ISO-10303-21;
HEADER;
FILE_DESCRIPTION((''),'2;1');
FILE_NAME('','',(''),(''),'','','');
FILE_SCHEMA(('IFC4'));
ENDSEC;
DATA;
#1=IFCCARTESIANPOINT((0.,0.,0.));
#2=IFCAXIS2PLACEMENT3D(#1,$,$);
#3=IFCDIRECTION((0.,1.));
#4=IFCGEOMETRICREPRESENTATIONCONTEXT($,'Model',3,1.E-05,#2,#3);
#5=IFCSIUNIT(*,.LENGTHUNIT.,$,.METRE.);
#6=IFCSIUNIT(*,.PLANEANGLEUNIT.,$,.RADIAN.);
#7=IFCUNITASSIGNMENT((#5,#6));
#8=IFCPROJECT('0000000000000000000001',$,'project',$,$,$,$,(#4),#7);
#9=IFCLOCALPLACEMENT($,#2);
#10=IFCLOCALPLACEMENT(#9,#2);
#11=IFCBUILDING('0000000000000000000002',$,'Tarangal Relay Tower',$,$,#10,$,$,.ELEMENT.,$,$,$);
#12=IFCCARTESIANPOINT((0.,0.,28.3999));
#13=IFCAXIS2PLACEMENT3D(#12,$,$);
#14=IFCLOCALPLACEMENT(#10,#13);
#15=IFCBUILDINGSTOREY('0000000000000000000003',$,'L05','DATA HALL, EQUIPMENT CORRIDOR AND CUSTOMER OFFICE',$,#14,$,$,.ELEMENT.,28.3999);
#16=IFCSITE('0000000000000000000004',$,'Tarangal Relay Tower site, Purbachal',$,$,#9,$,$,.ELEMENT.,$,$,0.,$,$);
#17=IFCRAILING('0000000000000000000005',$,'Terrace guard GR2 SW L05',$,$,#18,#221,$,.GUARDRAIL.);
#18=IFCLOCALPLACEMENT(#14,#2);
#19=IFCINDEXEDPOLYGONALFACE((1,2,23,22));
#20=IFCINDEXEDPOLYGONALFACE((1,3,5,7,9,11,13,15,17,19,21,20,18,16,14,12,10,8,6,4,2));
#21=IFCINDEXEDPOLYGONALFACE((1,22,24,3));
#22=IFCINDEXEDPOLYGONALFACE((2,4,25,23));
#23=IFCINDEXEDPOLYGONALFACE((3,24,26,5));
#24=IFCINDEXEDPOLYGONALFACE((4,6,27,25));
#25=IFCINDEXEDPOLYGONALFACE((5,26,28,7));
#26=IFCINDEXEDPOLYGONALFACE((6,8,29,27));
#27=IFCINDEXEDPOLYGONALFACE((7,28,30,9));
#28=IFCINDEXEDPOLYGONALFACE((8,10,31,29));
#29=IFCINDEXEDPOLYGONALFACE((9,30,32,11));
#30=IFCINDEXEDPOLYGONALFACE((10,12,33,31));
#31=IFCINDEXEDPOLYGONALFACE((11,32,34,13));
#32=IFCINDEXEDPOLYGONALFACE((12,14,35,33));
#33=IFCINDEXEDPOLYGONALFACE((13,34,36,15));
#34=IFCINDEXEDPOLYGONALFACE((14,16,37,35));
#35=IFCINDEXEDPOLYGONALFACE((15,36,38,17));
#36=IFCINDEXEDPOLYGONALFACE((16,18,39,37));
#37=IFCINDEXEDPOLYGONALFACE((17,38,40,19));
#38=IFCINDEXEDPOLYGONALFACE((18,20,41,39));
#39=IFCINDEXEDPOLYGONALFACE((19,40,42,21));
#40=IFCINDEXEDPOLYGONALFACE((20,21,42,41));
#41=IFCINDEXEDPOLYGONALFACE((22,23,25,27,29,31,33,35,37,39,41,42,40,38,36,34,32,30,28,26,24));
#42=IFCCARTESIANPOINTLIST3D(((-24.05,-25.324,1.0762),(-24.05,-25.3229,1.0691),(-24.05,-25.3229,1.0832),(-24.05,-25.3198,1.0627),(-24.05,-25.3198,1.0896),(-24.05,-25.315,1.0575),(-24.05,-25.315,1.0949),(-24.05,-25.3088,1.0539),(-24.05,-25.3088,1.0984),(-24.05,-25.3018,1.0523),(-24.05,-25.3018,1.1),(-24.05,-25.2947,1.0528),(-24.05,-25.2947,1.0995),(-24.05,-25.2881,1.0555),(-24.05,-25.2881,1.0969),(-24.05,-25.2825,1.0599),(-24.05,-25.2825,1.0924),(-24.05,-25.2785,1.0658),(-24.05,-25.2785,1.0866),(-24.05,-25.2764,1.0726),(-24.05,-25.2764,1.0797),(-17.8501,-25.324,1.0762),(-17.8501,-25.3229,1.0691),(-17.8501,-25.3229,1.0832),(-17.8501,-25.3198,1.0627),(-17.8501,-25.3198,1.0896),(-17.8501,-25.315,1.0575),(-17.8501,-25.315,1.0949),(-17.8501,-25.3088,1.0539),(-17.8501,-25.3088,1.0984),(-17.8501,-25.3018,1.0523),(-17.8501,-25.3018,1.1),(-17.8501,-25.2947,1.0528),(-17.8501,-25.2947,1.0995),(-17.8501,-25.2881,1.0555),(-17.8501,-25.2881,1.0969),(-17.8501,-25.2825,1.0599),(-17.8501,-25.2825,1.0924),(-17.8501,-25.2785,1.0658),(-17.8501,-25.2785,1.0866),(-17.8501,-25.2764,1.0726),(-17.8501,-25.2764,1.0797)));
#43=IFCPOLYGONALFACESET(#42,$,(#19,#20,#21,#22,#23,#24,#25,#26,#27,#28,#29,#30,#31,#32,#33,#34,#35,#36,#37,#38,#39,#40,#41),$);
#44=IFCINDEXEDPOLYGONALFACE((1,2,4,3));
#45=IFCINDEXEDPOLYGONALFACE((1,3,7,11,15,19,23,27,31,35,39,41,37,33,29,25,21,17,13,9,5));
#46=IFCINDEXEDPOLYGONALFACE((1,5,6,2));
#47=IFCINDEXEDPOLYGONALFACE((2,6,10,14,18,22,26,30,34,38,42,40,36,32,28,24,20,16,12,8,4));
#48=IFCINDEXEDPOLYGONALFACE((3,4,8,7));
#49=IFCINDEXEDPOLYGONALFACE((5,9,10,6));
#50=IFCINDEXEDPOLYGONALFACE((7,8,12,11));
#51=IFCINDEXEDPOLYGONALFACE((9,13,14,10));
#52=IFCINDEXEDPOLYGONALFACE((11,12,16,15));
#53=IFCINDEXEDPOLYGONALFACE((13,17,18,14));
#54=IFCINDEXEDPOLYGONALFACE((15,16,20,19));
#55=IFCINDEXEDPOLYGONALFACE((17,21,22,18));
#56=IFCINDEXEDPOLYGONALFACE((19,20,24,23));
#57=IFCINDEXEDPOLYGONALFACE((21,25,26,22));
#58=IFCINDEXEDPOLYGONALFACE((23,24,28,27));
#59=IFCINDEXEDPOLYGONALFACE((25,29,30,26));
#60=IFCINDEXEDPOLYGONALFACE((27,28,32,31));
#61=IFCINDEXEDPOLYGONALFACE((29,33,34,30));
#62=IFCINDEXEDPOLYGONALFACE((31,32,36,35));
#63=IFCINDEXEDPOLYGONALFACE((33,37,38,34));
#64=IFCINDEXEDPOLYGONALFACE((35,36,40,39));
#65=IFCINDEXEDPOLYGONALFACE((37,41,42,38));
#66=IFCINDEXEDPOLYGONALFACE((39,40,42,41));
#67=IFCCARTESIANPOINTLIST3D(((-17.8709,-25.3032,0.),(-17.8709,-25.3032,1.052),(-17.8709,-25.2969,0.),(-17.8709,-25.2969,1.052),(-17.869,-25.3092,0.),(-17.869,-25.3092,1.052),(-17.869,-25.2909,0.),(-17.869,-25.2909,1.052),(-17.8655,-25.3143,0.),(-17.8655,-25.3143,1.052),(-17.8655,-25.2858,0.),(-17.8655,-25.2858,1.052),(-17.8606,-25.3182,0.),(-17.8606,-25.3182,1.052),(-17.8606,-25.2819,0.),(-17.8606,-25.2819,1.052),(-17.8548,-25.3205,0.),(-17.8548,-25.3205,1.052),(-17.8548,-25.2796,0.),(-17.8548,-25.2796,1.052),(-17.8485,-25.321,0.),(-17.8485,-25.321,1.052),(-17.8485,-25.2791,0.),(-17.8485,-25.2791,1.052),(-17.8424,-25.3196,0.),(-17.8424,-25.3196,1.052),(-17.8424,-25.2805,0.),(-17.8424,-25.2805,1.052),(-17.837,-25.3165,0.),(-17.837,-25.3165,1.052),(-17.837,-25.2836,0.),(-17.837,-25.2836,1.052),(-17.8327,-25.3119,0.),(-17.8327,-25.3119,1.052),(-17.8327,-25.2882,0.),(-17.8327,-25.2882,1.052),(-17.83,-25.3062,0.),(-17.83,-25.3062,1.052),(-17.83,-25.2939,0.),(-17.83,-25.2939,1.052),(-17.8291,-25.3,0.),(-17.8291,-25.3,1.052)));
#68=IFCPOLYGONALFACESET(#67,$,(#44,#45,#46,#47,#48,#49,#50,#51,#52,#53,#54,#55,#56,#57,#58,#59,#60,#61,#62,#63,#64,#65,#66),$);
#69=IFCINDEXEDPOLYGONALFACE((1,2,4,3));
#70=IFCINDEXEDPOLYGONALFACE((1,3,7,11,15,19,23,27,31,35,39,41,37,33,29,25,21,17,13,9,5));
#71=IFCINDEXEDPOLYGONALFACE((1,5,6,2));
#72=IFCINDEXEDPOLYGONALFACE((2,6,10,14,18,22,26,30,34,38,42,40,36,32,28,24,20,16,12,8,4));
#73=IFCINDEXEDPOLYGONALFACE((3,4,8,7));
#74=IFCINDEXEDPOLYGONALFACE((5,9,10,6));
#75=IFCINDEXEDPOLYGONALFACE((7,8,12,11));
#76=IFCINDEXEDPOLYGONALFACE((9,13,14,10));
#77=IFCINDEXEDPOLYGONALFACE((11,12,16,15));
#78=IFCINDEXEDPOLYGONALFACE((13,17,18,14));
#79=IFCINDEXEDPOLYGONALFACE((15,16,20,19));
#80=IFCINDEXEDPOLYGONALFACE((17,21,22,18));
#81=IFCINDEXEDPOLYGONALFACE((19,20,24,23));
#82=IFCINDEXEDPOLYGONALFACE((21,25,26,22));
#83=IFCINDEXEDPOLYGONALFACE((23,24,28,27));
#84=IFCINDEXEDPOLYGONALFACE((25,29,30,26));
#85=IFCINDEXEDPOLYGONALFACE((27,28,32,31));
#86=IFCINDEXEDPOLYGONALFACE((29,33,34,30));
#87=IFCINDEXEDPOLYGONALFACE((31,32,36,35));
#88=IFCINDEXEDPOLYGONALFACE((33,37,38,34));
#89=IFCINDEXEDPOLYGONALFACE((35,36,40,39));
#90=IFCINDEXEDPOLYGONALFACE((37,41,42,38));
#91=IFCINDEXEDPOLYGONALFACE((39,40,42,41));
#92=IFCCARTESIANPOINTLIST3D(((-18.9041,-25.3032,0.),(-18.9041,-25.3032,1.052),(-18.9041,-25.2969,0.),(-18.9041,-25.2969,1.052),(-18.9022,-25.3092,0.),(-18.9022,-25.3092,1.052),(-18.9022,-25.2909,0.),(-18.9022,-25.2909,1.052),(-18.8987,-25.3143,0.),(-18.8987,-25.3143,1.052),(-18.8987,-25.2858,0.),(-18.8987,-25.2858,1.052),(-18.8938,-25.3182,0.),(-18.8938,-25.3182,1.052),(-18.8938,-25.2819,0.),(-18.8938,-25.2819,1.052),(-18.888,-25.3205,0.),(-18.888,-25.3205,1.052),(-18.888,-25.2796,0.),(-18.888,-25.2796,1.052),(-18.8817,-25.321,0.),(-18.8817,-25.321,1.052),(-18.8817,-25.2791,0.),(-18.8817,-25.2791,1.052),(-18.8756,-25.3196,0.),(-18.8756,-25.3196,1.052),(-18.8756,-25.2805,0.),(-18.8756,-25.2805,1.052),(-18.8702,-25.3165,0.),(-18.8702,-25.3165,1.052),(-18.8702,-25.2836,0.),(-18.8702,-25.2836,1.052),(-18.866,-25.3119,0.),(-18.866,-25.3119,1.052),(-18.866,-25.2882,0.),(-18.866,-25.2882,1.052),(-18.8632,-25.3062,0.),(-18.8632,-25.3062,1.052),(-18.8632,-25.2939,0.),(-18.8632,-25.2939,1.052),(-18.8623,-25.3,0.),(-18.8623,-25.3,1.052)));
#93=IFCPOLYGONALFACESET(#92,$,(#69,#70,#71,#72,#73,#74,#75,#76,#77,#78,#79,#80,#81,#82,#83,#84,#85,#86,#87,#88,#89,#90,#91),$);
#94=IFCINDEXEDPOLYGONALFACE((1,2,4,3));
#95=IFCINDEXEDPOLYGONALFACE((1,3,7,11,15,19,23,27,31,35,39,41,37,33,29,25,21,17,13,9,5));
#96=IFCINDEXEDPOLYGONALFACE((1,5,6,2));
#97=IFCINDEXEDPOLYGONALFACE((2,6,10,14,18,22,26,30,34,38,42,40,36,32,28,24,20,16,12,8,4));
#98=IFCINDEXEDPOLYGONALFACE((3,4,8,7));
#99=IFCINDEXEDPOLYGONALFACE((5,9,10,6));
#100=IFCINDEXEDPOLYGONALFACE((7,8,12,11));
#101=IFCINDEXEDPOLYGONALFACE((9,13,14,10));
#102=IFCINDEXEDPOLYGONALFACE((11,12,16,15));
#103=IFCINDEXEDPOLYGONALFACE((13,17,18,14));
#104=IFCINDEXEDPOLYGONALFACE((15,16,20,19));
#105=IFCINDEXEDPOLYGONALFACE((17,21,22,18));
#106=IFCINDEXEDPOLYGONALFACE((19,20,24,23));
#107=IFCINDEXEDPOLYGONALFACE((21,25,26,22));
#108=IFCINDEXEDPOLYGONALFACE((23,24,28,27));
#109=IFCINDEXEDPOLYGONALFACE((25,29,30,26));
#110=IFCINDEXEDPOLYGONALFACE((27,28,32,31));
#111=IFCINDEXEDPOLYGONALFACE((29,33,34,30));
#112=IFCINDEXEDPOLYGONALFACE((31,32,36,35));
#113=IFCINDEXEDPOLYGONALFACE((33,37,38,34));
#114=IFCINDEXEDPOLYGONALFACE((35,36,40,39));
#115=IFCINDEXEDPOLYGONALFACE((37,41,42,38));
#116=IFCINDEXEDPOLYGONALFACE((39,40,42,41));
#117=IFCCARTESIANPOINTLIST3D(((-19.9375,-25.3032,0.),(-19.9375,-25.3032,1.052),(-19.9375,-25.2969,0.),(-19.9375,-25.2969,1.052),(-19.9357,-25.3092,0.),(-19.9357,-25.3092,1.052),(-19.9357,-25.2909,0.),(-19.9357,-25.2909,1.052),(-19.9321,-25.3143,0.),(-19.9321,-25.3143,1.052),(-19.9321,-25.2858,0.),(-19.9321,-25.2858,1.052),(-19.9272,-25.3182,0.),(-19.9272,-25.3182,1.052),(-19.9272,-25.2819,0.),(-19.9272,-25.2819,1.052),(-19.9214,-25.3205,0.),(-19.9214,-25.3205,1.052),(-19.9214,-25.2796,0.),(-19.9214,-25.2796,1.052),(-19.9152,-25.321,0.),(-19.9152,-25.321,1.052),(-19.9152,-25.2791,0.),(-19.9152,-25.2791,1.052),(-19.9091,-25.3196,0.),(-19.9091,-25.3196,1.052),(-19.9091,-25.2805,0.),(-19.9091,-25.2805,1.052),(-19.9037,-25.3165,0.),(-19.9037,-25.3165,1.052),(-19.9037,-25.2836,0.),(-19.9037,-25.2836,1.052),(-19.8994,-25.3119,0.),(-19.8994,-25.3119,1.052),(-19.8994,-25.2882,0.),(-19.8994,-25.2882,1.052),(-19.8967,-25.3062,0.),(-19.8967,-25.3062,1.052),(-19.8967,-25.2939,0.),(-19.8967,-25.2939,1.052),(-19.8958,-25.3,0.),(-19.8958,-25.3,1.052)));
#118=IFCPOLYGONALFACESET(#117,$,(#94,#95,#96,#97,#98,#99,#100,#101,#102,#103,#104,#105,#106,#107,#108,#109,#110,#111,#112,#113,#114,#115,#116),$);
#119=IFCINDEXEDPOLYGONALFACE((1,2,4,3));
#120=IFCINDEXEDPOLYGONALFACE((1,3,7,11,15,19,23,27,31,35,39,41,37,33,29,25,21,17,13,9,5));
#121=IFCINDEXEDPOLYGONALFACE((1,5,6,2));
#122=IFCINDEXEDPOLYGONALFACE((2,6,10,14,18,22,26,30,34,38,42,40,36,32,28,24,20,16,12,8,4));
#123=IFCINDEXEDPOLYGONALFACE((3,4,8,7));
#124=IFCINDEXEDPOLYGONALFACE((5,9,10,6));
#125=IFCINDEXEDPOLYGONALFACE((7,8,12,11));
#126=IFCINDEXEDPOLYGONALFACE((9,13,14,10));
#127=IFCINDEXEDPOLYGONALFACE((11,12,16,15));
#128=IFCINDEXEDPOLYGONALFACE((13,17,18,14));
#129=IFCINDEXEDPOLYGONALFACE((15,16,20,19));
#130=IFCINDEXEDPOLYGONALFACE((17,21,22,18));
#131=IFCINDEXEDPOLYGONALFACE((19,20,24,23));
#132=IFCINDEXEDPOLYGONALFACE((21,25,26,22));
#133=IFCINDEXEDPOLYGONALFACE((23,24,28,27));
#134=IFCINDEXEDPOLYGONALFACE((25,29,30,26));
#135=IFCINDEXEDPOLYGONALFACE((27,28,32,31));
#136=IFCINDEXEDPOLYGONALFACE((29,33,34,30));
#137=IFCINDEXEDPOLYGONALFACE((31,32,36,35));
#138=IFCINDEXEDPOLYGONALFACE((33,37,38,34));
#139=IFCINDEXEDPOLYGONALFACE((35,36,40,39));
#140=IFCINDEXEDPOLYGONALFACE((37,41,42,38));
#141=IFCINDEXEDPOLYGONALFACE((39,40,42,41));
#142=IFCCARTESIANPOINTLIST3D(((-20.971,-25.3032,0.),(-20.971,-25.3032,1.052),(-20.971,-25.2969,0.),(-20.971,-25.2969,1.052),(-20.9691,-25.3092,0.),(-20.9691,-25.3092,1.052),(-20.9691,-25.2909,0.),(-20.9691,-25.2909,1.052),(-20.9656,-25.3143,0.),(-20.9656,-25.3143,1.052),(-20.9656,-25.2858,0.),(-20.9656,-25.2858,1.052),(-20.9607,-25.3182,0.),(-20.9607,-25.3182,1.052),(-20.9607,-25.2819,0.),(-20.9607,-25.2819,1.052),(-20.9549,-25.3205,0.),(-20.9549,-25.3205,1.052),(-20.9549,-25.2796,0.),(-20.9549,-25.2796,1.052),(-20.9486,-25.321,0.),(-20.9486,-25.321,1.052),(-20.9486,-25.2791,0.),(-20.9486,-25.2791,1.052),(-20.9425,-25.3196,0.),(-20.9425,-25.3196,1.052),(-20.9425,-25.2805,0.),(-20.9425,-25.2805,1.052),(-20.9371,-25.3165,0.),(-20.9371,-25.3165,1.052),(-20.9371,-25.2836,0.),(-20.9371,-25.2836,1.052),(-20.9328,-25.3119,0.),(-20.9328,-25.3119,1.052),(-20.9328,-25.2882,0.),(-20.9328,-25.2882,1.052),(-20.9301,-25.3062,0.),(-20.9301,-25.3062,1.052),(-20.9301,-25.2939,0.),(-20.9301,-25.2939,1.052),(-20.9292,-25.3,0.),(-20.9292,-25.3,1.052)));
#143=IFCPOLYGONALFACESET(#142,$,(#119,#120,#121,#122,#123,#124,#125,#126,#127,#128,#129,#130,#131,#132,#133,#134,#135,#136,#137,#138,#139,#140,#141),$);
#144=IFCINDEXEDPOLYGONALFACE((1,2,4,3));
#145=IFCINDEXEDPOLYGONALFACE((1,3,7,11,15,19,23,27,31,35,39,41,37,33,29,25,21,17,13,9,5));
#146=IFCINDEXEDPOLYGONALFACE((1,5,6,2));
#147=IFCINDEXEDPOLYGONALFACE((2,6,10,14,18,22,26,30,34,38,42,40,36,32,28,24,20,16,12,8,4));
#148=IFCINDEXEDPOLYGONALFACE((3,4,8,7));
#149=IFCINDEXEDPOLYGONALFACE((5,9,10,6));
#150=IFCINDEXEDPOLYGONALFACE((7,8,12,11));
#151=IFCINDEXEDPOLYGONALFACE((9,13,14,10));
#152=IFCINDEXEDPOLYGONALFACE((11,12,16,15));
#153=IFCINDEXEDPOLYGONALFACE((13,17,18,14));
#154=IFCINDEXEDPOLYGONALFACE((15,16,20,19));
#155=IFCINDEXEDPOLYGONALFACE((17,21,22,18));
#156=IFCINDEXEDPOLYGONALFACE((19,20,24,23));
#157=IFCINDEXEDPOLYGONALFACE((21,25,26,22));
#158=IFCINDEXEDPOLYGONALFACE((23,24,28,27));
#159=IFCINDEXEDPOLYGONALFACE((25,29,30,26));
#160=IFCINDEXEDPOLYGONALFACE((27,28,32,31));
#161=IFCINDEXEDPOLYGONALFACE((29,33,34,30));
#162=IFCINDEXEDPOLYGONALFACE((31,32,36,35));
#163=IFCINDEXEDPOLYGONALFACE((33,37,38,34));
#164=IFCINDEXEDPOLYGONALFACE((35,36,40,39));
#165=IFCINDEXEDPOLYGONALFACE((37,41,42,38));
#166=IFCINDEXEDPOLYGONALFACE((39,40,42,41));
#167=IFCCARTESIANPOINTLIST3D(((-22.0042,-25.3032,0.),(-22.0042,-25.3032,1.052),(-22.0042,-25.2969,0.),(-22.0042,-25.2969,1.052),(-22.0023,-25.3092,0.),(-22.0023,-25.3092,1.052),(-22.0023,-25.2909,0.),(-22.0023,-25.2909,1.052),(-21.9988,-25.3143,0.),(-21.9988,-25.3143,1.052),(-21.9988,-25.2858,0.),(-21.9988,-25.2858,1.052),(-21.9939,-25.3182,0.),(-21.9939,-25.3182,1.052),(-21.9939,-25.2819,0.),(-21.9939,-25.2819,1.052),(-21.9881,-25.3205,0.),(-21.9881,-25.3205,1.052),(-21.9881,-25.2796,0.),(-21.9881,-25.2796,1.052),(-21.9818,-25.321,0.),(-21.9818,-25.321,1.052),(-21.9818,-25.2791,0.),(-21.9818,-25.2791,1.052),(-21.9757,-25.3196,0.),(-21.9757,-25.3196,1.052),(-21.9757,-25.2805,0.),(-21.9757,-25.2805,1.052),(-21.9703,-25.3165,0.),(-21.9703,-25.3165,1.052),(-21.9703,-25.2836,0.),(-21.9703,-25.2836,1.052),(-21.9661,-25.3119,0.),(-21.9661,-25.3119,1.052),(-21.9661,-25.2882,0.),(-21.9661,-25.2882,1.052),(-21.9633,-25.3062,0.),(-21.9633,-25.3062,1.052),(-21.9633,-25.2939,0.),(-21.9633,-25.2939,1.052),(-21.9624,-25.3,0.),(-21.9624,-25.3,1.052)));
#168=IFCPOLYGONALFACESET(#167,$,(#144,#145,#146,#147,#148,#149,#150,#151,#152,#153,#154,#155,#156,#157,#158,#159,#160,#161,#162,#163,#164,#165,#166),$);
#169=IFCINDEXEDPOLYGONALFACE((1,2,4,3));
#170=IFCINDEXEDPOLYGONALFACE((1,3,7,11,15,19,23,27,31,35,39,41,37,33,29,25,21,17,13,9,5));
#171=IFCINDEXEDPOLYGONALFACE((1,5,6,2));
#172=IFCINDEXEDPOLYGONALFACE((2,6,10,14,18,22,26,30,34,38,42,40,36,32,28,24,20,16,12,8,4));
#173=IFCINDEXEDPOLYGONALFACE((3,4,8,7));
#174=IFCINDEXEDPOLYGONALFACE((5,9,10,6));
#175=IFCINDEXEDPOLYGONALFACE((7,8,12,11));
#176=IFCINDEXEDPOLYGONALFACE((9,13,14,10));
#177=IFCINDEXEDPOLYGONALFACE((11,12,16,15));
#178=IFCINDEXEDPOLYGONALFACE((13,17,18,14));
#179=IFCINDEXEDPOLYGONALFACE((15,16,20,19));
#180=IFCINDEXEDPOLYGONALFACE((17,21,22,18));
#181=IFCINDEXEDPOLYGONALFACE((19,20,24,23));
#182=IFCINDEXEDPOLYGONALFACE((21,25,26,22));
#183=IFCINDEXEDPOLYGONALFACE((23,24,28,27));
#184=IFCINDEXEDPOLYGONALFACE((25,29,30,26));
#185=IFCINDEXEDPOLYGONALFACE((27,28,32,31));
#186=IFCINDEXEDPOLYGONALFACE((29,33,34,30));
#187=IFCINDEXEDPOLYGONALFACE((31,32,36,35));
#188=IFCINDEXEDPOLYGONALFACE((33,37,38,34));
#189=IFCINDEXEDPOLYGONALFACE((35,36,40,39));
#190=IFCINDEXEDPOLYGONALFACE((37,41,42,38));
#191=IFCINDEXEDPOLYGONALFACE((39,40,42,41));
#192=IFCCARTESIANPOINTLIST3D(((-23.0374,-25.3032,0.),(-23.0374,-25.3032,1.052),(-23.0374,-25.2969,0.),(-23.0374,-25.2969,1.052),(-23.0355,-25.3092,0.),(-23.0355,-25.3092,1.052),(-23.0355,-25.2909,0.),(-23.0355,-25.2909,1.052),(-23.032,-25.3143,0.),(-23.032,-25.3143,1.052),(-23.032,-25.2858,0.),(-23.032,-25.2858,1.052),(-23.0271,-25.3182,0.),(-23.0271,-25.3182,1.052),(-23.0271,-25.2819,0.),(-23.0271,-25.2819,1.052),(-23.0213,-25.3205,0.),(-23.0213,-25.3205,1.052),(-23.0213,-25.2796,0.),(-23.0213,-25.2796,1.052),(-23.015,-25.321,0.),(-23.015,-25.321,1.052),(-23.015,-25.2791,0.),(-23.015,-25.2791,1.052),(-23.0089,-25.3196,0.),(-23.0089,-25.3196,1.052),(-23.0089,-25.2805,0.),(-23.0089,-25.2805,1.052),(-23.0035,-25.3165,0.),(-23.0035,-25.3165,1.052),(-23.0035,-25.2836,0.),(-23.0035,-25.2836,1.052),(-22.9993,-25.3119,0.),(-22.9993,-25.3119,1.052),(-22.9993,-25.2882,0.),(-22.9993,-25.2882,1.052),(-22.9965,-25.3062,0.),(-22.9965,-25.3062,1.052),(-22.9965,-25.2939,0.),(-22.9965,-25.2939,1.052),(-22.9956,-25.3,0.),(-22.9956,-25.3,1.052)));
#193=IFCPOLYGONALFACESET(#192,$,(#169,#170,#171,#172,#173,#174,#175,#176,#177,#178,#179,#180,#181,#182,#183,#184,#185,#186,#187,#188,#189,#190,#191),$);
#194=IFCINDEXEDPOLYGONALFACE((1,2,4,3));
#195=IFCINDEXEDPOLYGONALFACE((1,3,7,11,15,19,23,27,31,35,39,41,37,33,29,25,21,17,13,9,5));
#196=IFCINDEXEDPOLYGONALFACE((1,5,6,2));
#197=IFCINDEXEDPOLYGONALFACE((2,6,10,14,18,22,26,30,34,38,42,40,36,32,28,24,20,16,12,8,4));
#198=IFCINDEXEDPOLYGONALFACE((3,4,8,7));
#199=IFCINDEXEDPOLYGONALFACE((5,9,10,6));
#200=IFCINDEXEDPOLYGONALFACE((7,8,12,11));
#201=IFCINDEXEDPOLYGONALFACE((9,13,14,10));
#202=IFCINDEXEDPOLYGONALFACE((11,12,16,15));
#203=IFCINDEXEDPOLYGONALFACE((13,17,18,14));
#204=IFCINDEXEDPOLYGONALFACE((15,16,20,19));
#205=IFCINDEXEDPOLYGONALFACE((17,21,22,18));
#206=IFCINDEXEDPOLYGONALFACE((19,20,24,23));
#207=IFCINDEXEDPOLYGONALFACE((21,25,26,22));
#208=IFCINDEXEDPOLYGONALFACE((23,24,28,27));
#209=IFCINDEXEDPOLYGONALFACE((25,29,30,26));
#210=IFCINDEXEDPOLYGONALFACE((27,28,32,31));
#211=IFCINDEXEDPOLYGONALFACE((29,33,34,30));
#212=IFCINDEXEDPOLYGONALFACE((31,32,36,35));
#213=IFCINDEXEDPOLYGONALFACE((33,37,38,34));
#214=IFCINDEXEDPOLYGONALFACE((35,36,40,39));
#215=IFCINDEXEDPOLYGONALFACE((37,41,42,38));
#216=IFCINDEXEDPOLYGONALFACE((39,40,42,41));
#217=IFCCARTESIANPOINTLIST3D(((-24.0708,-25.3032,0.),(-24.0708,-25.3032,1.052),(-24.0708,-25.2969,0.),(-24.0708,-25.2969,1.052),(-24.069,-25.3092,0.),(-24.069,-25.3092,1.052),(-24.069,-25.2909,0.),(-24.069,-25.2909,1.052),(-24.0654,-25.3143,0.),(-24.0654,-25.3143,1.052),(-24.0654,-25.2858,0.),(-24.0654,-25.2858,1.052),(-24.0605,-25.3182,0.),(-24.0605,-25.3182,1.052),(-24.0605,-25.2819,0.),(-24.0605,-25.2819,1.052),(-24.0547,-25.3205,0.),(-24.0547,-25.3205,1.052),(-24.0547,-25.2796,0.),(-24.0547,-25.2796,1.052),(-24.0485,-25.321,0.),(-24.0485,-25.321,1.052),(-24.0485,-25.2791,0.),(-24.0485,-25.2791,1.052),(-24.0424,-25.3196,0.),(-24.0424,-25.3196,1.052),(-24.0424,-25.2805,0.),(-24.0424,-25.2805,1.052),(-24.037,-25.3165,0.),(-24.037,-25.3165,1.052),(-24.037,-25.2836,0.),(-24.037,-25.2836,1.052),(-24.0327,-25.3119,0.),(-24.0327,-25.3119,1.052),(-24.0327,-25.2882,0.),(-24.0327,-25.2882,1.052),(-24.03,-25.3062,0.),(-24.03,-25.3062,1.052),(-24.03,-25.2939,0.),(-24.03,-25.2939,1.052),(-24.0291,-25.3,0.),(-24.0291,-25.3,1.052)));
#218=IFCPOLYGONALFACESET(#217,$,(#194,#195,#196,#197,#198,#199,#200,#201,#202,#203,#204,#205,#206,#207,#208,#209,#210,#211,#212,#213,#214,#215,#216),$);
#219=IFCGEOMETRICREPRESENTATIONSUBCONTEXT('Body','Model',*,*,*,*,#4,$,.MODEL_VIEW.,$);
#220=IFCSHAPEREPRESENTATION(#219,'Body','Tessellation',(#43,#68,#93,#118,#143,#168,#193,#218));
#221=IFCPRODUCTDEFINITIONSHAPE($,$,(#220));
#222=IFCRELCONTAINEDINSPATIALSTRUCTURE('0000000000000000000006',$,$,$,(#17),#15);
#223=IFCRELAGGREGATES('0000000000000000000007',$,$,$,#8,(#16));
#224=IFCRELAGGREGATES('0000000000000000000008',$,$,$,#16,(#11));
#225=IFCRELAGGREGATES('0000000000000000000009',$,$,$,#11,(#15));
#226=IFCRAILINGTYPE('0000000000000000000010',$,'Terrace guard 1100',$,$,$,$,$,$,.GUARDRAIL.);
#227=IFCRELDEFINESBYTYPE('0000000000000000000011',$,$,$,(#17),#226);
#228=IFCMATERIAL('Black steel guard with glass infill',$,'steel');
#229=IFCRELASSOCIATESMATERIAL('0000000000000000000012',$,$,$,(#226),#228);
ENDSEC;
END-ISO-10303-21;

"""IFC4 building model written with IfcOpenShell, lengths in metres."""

from ifc_helpers import new_model, si_unit, direction, frame, origin, origin_2d, place, context, subcontext, project, spatial, circle, extrude, material, type_object, element, save


model = new_model("IFC4")

# Units and contexts
model_context = context("Model", 3, precision=1e-05, world=origin(), true_north=direction((0.0, 1.0)))
body_context = subcontext(model_context, "Body", "Model", "MODEL_VIEW")
ifc_project = project(units=[si_unit("LENGTHUNIT", "METRE"), si_unit("PLANEANGLEUNIT", "RADIAN")], contexts=[model_context])

# Site, building, storey
site_placement = place(None, origin())
site = spatial("IfcSite", under=ifc_project, at=site_placement, Name="Tarangal Relay Tower site, Purbachal", CompositionType="ELEMENT", RefElevation=0.0)
building_placement = place(site_placement, origin())
building = spatial("IfcBuilding", under=site, at=building_placement, Name="Tarangal Relay Tower", CompositionType="ELEMENT")
storey_placement = place(building_placement, frame((0.0, 0.0, 28.3999)))
storey = spatial("IfcBuildingStorey", under=building, at=storey_placement, Name="L05", Description="DATA HALL, EQUIPMENT CORRIDOR AND CUSTOMER OFFICE", CompositionType="ELEMENT", Elevation=28.3999)

# Railing
ifc_material_1 = material(Name="Black steel guard with glass infill", Category="steel")
railing_type = type_object("IfcRailingType", Name="Terrace guard 1100", PredefinedType="GUARDRAIL", material=ifc_material_1)
railing_1_placement = place(storey_placement, frame((-17.8501, -25.3, 0.0)))
element("IfcRailing", 1, at=railing_1_placement, inside=storey, type_object=railing_type, Name="Terrace guard GR2 SW L05", PredefinedType="GUARDRAIL", context=body_context, shape_type="SweptSolid", body=[
    extrude(circle(Radius=0.0239, at=origin_2d()), frame((0.0, 0.0, 1.0762), z_axis=(-1.0, 0.0, 0.0), x_axis=(0.0, -1.0, 0.0)), (0.0, 0.0, 1.0), 6.2),
    extrude(circle(Radius=0.021, at=origin_2d()), origin(), (0.0, 0.0, 1.0), 1.052),
    extrude(circle(Radius=0.021, at=origin_2d()), frame((-1.0332, 0.0, 0.0)), (0.0, 0.0, 1.0), 1.052),
    extrude(circle(Radius=0.021, at=origin_2d()), frame((-2.0667, 0.0, 0.0)), (0.0, 0.0, 1.0), 1.052),
    extrude(circle(Radius=0.021, at=origin_2d()), frame((-3.1001, 0.0, 0.0)), (0.0, 0.0, 1.0), 1.052),
    extrude(circle(Radius=0.021, at=origin_2d()), frame((-4.1333, 0.0, 0.0)), (0.0, 0.0, 1.0), 1.052),
    extrude(circle(Radius=0.021, at=origin_2d()), frame((-5.1665, 0.0, 0.0)), (0.0, 0.0, 1.0), 1.052),
    extrude(circle(Radius=0.021, at=origin_2d()), frame((-6.2, 0.0, 0.0)), (0.0, 0.0, 1.0), 1.052),
])

save(model, "model.ifc")
